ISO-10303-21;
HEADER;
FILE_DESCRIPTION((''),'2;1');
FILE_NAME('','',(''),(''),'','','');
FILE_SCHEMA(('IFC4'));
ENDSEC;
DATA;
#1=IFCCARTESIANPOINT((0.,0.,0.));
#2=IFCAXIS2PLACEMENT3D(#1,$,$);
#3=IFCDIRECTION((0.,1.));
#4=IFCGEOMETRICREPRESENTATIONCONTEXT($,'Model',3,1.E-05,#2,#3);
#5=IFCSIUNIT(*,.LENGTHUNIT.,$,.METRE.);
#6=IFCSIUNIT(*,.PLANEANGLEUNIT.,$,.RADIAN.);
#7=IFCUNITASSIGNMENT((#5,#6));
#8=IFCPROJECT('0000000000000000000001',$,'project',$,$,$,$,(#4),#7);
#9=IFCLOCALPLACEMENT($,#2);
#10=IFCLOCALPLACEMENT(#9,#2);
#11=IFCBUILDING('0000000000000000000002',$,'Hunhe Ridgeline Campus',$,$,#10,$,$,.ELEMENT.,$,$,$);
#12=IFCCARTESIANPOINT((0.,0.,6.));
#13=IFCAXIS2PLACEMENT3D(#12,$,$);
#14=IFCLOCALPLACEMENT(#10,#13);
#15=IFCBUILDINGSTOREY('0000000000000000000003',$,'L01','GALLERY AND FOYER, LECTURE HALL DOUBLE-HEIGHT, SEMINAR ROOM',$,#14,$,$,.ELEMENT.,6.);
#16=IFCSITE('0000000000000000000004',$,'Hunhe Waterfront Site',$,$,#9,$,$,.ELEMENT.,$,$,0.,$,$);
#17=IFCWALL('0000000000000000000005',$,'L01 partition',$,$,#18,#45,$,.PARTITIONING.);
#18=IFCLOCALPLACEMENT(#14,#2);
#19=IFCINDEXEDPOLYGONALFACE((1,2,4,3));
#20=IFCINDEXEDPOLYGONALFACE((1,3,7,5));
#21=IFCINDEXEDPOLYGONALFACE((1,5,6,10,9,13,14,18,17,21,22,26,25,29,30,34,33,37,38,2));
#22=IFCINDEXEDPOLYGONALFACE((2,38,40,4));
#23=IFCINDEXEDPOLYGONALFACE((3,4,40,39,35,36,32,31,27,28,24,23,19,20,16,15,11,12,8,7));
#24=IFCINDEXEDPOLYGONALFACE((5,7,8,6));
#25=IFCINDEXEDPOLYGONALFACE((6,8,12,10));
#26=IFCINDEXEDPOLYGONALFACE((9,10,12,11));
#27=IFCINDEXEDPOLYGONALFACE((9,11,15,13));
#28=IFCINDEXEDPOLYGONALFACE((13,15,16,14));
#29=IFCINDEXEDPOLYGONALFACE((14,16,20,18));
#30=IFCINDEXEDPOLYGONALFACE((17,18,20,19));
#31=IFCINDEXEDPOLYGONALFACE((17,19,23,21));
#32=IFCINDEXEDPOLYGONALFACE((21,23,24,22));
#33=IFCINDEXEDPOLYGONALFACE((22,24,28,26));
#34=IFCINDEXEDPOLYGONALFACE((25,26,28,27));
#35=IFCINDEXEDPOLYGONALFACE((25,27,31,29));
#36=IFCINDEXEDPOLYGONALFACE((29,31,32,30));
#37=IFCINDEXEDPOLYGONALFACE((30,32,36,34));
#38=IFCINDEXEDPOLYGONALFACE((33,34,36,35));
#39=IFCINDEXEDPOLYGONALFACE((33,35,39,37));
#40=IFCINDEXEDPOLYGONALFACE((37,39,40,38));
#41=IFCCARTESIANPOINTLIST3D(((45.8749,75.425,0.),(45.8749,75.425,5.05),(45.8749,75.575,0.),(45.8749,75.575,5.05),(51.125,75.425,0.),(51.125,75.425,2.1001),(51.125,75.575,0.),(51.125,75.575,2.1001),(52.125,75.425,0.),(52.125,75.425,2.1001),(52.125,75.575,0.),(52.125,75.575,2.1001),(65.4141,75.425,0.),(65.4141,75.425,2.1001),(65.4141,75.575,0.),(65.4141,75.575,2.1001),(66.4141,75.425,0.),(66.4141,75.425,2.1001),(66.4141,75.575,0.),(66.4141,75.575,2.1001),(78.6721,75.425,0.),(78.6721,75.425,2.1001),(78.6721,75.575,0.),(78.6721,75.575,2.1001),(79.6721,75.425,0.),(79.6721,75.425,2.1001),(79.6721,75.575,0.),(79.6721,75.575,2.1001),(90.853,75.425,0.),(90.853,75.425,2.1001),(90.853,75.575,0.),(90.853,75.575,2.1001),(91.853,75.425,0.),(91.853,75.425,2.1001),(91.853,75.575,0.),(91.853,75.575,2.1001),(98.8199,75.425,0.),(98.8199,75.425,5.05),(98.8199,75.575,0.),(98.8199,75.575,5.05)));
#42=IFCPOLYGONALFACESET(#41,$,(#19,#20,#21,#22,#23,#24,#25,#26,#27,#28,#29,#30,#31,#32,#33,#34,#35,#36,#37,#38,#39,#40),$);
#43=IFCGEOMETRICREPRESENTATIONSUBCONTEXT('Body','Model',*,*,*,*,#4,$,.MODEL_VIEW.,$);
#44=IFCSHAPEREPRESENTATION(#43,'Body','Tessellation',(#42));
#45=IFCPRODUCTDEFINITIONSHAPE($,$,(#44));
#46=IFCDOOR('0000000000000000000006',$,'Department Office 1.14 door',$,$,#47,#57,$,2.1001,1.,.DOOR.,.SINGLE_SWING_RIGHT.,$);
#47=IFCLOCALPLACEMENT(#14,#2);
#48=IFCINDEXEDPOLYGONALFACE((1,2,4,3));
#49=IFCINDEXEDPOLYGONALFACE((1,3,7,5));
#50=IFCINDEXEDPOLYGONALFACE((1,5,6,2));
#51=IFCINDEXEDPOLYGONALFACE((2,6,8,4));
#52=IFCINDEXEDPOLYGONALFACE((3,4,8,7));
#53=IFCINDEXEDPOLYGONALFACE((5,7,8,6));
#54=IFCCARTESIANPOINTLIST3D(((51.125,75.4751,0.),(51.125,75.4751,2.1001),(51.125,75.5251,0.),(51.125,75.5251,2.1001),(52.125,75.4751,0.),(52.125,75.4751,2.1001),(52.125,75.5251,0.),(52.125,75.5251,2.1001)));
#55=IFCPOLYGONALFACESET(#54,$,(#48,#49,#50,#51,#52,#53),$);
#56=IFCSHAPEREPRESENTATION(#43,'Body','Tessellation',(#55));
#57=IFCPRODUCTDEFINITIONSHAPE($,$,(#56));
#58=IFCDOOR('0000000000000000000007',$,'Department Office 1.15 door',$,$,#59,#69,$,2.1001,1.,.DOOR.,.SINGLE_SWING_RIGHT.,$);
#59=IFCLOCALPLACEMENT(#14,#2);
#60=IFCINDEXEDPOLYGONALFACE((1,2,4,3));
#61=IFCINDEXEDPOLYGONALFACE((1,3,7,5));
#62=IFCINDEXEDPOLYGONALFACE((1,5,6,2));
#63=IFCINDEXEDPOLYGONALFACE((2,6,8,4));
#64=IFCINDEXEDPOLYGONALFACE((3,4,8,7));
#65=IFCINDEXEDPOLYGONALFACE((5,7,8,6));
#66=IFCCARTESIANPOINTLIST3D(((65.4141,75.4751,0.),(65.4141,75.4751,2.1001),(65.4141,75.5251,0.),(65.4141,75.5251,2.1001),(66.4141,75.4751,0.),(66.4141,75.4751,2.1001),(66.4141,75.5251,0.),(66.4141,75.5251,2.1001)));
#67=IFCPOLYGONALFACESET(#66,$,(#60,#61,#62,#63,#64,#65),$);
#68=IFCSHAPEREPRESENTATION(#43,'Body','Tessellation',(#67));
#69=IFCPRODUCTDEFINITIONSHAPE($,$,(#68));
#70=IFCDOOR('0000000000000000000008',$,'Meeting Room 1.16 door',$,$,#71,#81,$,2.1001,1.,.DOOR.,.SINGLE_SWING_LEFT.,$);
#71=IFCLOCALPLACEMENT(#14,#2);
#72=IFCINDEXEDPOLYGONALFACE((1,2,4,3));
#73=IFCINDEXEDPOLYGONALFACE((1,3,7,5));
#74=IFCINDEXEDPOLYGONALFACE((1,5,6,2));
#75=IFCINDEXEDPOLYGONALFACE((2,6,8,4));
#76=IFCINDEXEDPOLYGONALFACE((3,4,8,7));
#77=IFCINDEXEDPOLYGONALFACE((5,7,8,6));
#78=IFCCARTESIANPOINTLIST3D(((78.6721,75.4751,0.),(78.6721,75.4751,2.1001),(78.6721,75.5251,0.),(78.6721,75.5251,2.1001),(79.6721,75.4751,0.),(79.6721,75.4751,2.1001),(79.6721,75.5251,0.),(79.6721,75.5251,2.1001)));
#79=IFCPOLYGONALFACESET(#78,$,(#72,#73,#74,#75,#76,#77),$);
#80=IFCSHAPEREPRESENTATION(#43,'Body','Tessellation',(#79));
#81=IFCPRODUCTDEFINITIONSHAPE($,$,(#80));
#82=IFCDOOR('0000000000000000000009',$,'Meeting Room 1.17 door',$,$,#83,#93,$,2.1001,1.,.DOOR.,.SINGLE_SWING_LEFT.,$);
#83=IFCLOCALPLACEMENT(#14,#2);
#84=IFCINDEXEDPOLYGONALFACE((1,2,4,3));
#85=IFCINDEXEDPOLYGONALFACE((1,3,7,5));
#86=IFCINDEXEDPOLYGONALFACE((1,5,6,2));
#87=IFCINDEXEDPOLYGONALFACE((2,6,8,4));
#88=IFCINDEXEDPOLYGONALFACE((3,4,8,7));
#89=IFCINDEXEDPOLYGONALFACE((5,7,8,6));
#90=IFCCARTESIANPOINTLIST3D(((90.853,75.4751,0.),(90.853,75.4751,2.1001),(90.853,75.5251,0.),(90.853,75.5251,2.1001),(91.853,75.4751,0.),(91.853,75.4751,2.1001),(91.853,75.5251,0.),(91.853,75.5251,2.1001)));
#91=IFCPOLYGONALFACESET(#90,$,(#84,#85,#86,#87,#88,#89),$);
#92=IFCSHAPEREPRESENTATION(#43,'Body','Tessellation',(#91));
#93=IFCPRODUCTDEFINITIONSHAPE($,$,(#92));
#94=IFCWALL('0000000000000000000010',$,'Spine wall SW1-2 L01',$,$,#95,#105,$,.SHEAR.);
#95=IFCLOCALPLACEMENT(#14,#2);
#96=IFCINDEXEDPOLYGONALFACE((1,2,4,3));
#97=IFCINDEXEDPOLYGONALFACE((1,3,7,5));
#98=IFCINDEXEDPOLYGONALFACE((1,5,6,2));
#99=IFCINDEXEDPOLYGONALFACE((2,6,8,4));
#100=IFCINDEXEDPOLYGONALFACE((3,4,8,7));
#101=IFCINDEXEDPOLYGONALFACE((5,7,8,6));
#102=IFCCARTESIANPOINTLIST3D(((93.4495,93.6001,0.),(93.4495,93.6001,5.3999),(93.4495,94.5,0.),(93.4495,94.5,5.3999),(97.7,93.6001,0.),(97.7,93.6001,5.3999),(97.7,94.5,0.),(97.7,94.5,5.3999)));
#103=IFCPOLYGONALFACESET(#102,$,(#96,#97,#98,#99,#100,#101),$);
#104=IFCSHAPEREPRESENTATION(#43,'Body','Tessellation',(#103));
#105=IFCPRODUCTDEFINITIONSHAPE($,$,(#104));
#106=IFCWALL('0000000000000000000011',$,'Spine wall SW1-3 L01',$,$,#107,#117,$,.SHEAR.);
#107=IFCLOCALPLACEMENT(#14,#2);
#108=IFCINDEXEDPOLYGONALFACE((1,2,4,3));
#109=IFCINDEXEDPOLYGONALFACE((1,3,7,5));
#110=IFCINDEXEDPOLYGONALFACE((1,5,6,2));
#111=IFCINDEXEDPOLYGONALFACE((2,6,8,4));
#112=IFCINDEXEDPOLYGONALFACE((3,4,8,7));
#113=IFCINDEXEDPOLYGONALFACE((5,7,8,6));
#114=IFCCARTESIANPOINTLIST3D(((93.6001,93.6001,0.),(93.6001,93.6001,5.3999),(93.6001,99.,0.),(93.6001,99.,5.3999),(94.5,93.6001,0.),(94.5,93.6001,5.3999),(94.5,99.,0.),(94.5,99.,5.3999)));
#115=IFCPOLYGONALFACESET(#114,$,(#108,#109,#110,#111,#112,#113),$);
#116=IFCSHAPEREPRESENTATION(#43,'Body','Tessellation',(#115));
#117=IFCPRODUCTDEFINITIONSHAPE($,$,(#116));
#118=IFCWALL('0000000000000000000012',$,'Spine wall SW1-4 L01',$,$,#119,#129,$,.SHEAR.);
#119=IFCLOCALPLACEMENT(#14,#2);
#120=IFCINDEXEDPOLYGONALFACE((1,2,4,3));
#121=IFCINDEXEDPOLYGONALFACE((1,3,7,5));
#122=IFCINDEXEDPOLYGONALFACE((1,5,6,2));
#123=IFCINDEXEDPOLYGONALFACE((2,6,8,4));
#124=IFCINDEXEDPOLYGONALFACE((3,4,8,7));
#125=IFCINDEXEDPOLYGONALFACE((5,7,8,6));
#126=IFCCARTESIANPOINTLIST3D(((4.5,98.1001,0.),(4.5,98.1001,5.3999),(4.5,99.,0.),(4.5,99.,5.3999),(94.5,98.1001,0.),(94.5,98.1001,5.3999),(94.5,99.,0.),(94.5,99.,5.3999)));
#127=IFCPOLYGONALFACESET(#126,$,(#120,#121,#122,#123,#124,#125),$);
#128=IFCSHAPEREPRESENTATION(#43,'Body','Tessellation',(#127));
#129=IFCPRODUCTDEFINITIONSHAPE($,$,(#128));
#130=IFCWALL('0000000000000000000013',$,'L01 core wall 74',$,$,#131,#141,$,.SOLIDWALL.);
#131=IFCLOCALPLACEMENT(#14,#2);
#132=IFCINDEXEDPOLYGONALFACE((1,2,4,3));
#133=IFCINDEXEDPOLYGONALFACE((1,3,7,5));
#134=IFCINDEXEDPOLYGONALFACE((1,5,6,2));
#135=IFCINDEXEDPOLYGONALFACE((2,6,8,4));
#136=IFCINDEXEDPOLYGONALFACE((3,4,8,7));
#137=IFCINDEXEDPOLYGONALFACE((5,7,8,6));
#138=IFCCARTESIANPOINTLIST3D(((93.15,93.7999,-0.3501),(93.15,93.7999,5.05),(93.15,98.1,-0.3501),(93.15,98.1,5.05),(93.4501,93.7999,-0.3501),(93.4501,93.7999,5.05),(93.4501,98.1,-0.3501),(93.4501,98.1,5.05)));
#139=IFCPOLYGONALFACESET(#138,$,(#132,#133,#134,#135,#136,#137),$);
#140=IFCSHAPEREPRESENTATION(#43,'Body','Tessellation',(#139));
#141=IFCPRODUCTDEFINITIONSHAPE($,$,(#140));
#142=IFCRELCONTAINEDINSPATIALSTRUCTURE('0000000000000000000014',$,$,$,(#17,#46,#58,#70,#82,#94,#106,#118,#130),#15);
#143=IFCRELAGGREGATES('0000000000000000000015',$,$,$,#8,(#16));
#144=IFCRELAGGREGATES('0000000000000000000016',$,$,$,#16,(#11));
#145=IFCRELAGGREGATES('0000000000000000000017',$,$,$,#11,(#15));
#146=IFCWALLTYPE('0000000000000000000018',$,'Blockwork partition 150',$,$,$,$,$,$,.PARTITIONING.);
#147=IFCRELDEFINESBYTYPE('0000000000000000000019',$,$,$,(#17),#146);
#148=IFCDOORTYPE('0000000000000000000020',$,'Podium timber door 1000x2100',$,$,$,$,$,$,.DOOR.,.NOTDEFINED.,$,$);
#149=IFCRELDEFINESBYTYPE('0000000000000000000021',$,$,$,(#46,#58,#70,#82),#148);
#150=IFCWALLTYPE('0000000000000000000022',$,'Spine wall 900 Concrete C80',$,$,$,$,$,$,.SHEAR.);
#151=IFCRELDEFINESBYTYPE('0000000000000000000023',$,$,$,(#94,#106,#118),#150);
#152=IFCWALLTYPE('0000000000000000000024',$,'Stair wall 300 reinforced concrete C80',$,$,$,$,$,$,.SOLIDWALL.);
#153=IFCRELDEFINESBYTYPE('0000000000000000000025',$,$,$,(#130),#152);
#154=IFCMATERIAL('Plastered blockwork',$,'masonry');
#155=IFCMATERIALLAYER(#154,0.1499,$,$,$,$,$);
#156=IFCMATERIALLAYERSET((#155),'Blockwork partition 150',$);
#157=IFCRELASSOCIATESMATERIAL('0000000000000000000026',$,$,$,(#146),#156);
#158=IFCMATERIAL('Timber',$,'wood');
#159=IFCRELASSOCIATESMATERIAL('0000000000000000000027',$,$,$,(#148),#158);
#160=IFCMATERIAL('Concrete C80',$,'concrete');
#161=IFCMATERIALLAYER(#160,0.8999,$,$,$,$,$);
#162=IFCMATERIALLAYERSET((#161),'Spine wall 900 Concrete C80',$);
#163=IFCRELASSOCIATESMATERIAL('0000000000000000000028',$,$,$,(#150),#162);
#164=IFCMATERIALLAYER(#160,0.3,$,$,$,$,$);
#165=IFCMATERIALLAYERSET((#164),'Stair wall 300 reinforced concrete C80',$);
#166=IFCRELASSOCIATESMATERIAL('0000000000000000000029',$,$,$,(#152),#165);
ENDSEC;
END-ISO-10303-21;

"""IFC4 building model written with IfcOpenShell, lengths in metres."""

from ifc_helpers import new_model, si_unit, direction, frame, frame_2d, origin, place, context, subcontext, project, spatial, rectangle, extrude, material, layer, layer_set, type_object, element, fill, save


model = new_model("IFC4")

# Units and contexts
model_context = context("Model", 3, precision=1e-05, world=origin(), true_north=direction((0.0, 1.0)))
body_context = subcontext(model_context, "Body", "Model", "MODEL_VIEW")
ifc_project = project(units=[si_unit("LENGTHUNIT", "METRE"), si_unit("PLANEANGLEUNIT", "RADIAN")], contexts=[model_context])

# Site, building, storey
site_placement = place(None, origin())
site = spatial("IfcSite", under=ifc_project, at=site_placement, Name="Hunhe Waterfront Site", CompositionType="ELEMENT", RefElevation=0.0)
building_placement = place(site_placement, origin())
building = spatial("IfcBuilding", under=site, at=building_placement, Name="Hunhe Ridgeline Campus", CompositionType="ELEMENT")
storey_placement = place(building_placement, frame((0.0, 0.0, 6.0)))
storey = spatial("IfcBuildingStorey", under=building, at=storey_placement, Name="L01", Description="GALLERY AND FOYER, LECTURE HALL DOUBLE-HEIGHT, SEMINAR ROOM", CompositionType="ELEMENT", Elevation=6.0)

# Wall, openings, doors
ifc_material_1 = material(Name="Plastered blockwork", Category="masonry")
ifc_layer_1 = layer(ifc_material_1, 0.1499)
ifc_layer_set_1 = layer_set([ifc_layer_1], Name="Blockwork partition 150")
wall_type_1 = type_object("IfcWallType", Name="Blockwork partition 150", PredefinedType="PARTITIONING", material=ifc_layer_set_1)
wall_1_placement = place(storey_placement, frame((98.8201, 75.5, 0.0), z_axis=(0.0, 0.0, 1.0), x_axis=(-1.0, 0.0, 0.0)))
wall_1 = element("IfcWall", 1, at=wall_1_placement, inside=storey, type_object=wall_type_1, Name="L01 partition", PredefinedType="PARTITIONING", context=body_context, shape_type="SweptSolid", body=[
    extrude(rectangle(XDim=52.9451, YDim=0.1499, at=frame_2d((26.4727, 0.0))), origin(), (0.0, 0.0, 1.0), 5.05),
])
opening_1_placement = place(wall_1_placement, frame((46.6951, 0.0, 0.0)))
opening_1 = element("IfcOpeningElement", 2, at=opening_1_placement, cuts=wall_1, PredefinedType="OPENING", context=body_context, shape_type="SweptSolid", body=[
    extrude(rectangle(XDim=1.0, YDim=2.1001, at=frame_2d((0.5, 1.05))), frame((0.0, 0.075, 0.0), z_axis=(0.0, -1.0, 0.0), x_axis=(1.0, 0.0, 0.0)), (0.0, 0.0, 1.0), 0.1499),
])
opening_2_placement = place(wall_1_placement, frame((32.406, 0.0, 0.0)))
opening_2 = element("IfcOpeningElement", 3, at=opening_2_placement, cuts=wall_1, PredefinedType="OPENING", context=body_context, shape_type="SweptSolid", body=[
    extrude(rectangle(XDim=1.0, YDim=2.1001, at=frame_2d((0.5, 1.05))), frame((0.0, 0.075, 0.0), z_axis=(0.0, -1.0, 0.0), x_axis=(1.0, 0.0, 0.0)), (0.0, 0.0, 1.0), 0.1499),
])
opening_3_placement = place(wall_1_placement, frame((19.1479, 0.0, 0.0)))
opening_3 = element("IfcOpeningElement", 4, at=opening_3_placement, cuts=wall_1, PredefinedType="OPENING", context=body_context, shape_type="SweptSolid", body=[
    extrude(rectangle(XDim=1.0, YDim=2.1001, at=frame_2d((0.5, 1.05))), frame((0.0, 0.075, 0.0), z_axis=(0.0, -1.0, 0.0), x_axis=(1.0, 0.0, 0.0)), (0.0, 0.0, 1.0), 0.1499),
])
opening_4_placement = place(wall_1_placement, frame((6.967, 0.0, 0.0)))
opening_4 = element("IfcOpeningElement", 5, at=opening_4_placement, cuts=wall_1, PredefinedType="OPENING", context=body_context, shape_type="SweptSolid", body=[
    extrude(rectangle(XDim=1.0, YDim=2.1001, at=frame_2d((0.5, 1.05))), frame((0.0, 0.075, 0.0), z_axis=(0.0, -1.0, 0.0), x_axis=(1.0, 0.0, 0.0)), (0.0, 0.0, 1.0), 0.1499),
])
ifc_material_2 = material(Name="Timber", Category="wood")
door_type = type_object("IfcDoorType", Name="Podium timber door 1000x2100", OperationType="NOTDEFINED", PredefinedType="DOOR", material=ifc_material_2)
door_1_placement = place(opening_1_placement, origin())
door_1 = element("IfcDoor", 6, at=door_1_placement, inside=storey, type_object=door_type, Name="Department Office 1.14 door", OperationType="SINGLE_SWING_RIGHT", OverallHeight=2.1001, OverallWidth=1.0, PredefinedType="DOOR", context=body_context, shape_type="SweptSolid", body=[
    extrude(rectangle(XDim=1.0, YDim=2.1001, at=frame_2d((0.5, 1.05))), frame((0.0, 0.0249, 0.0), z_axis=(0.0, -1.0, 0.0), x_axis=(1.0, 0.0, 0.0)), (0.0, 0.0, 1.0), 0.05),
])
fill(opening_1, door_1)
door_2_placement = place(opening_2_placement, origin())
door_2 = element("IfcDoor", 7, at=door_2_placement, inside=storey, type_object=door_type, Name="Department Office 1.15 door", OperationType="SINGLE_SWING_RIGHT", OverallHeight=2.1001, OverallWidth=1.0, PredefinedType="DOOR", context=body_context, shape_type="SweptSolid", body=[
    extrude(rectangle(XDim=1.0, YDim=2.1001, at=frame_2d((0.5, 1.05))), frame((0.0, 0.0249, 0.0), z_axis=(0.0, -1.0, 0.0), x_axis=(1.0, 0.0, 0.0)), (0.0, 0.0, 1.0), 0.05),
])
fill(opening_2, door_2)
door_3_placement = place(opening_3_placement, origin())
door_3 = element("IfcDoor", 8, at=door_3_placement, inside=storey, type_object=door_type, Name="Meeting Room 1.16 door", OperationType="SINGLE_SWING_LEFT", OverallHeight=2.1001, OverallWidth=1.0, PredefinedType="DOOR", context=body_context, shape_type="SweptSolid", body=[
    extrude(rectangle(XDim=1.0, YDim=2.1001, at=frame_2d((0.5, 1.05))), frame((0.0, 0.0249, 0.0), z_axis=(0.0, -1.0, 0.0), x_axis=(1.0, 0.0, 0.0)), (0.0, 0.0, 1.0), 0.05),
])
fill(opening_3, door_3)
door_4_placement = place(opening_4_placement, origin())
door_4 = element("IfcDoor", 9, at=door_4_placement, inside=storey, type_object=door_type, Name="Meeting Room 1.17 door", OperationType="SINGLE_SWING_LEFT", OverallHeight=2.1001, OverallWidth=1.0, PredefinedType="DOOR", context=body_context, shape_type="SweptSolid", body=[
    extrude(rectangle(XDim=1.0, YDim=2.1001, at=frame_2d((0.5, 1.05))), frame((0.0, 0.0249, 0.0), z_axis=(0.0, -1.0, 0.0), x_axis=(1.0, 0.0, 0.0)), (0.0, 0.0, 1.0), 0.05),
])
fill(opening_4, door_4)

# Walls
ifc_material_3 = material(Name="Concrete C80", Category="concrete")
ifc_layer_2 = layer(ifc_material_3, 0.8999)
ifc_layer_set_2 = layer_set([ifc_layer_2], Name="Spine wall 900 Concrete C80")
wall_type_2 = type_object("IfcWallType", Name="Spine wall 900 Concrete C80", PredefinedType="SHEAR", material=ifc_layer_set_2)
wall_2_placement = place(storey_placement, frame((97.7, 94.05, 0.0), z_axis=(0.0, 0.0, 1.0), x_axis=(-1.0, 0.0, 0.0)))
element("IfcWall", 10, at=wall_2_placement, inside=storey, type_object=wall_type_2, Name="Spine wall SW1-2 L01", PredefinedType="SHEAR", context=body_context, shape_type="SweptSolid", body=[
    extrude(rectangle(XDim=4.2505, YDim=0.8999, at=frame_2d((2.1252, 0.0))), origin(), (0.0, 0.0, 1.0), 5.3999),
])
wall_3_placement = place(storey_placement, frame((94.05, 93.6001, 0.0), z_axis=(0.0, 0.0, 1.0), x_axis=(0.0, 1.0, 0.0)))
element("IfcWall", 11, at=wall_3_placement, inside=storey, type_object=wall_type_2, Name="Spine wall SW1-3 L01", PredefinedType="SHEAR", context=body_context, shape_type="SweptSolid", body=[
    extrude(rectangle(XDim=5.3999, YDim=0.8999, at=frame_2d((2.7, 0.0))), origin(), (0.0, 0.0, 1.0), 5.3999),
])
wall_4_placement = place(storey_placement, frame((94.5, 98.55, 0.0), z_axis=(0.0, 0.0, 1.0), x_axis=(-1.0, 0.0, 0.0)))
element("IfcWall", 12, at=wall_4_placement, inside=storey, type_object=wall_type_2, Name="Spine wall SW1-4 L01", PredefinedType="SHEAR", context=body_context, shape_type="SweptSolid", body=[
    extrude(rectangle(XDim=90.0, YDim=0.8999, at=frame_2d((45.0, 0.0))), origin(), (0.0, 0.0, 1.0), 5.3999),
])
ifc_layer_3 = layer(ifc_material_3, 0.3)
ifc_layer_set_3 = layer_set([ifc_layer_3], Name="Stair wall 300 reinforced concrete C80")
wall_type_3 = type_object("IfcWallType", Name="Stair wall 300 reinforced concrete C80", PredefinedType="SOLIDWALL", material=ifc_layer_set_3)
wall_5_placement = place(storey_placement, frame((93.3, 93.8, -0.3501), z_axis=(0.0, 0.0, 1.0), x_axis=(0.0, 1.0, 0.0)))
element("IfcWall", 13, at=wall_5_placement, inside=storey, type_object=wall_type_3, Name="L01 core wall 74", PredefinedType="SOLIDWALL", context=body_context, shape_type="SweptSolid", body=[
    extrude(rectangle(XDim=4.3, YDim=0.3, at=frame_2d((2.1499, 0.0))), origin(), (0.0, 0.0, 1.0), 5.4001),
])

save(model, "model.ifc")
